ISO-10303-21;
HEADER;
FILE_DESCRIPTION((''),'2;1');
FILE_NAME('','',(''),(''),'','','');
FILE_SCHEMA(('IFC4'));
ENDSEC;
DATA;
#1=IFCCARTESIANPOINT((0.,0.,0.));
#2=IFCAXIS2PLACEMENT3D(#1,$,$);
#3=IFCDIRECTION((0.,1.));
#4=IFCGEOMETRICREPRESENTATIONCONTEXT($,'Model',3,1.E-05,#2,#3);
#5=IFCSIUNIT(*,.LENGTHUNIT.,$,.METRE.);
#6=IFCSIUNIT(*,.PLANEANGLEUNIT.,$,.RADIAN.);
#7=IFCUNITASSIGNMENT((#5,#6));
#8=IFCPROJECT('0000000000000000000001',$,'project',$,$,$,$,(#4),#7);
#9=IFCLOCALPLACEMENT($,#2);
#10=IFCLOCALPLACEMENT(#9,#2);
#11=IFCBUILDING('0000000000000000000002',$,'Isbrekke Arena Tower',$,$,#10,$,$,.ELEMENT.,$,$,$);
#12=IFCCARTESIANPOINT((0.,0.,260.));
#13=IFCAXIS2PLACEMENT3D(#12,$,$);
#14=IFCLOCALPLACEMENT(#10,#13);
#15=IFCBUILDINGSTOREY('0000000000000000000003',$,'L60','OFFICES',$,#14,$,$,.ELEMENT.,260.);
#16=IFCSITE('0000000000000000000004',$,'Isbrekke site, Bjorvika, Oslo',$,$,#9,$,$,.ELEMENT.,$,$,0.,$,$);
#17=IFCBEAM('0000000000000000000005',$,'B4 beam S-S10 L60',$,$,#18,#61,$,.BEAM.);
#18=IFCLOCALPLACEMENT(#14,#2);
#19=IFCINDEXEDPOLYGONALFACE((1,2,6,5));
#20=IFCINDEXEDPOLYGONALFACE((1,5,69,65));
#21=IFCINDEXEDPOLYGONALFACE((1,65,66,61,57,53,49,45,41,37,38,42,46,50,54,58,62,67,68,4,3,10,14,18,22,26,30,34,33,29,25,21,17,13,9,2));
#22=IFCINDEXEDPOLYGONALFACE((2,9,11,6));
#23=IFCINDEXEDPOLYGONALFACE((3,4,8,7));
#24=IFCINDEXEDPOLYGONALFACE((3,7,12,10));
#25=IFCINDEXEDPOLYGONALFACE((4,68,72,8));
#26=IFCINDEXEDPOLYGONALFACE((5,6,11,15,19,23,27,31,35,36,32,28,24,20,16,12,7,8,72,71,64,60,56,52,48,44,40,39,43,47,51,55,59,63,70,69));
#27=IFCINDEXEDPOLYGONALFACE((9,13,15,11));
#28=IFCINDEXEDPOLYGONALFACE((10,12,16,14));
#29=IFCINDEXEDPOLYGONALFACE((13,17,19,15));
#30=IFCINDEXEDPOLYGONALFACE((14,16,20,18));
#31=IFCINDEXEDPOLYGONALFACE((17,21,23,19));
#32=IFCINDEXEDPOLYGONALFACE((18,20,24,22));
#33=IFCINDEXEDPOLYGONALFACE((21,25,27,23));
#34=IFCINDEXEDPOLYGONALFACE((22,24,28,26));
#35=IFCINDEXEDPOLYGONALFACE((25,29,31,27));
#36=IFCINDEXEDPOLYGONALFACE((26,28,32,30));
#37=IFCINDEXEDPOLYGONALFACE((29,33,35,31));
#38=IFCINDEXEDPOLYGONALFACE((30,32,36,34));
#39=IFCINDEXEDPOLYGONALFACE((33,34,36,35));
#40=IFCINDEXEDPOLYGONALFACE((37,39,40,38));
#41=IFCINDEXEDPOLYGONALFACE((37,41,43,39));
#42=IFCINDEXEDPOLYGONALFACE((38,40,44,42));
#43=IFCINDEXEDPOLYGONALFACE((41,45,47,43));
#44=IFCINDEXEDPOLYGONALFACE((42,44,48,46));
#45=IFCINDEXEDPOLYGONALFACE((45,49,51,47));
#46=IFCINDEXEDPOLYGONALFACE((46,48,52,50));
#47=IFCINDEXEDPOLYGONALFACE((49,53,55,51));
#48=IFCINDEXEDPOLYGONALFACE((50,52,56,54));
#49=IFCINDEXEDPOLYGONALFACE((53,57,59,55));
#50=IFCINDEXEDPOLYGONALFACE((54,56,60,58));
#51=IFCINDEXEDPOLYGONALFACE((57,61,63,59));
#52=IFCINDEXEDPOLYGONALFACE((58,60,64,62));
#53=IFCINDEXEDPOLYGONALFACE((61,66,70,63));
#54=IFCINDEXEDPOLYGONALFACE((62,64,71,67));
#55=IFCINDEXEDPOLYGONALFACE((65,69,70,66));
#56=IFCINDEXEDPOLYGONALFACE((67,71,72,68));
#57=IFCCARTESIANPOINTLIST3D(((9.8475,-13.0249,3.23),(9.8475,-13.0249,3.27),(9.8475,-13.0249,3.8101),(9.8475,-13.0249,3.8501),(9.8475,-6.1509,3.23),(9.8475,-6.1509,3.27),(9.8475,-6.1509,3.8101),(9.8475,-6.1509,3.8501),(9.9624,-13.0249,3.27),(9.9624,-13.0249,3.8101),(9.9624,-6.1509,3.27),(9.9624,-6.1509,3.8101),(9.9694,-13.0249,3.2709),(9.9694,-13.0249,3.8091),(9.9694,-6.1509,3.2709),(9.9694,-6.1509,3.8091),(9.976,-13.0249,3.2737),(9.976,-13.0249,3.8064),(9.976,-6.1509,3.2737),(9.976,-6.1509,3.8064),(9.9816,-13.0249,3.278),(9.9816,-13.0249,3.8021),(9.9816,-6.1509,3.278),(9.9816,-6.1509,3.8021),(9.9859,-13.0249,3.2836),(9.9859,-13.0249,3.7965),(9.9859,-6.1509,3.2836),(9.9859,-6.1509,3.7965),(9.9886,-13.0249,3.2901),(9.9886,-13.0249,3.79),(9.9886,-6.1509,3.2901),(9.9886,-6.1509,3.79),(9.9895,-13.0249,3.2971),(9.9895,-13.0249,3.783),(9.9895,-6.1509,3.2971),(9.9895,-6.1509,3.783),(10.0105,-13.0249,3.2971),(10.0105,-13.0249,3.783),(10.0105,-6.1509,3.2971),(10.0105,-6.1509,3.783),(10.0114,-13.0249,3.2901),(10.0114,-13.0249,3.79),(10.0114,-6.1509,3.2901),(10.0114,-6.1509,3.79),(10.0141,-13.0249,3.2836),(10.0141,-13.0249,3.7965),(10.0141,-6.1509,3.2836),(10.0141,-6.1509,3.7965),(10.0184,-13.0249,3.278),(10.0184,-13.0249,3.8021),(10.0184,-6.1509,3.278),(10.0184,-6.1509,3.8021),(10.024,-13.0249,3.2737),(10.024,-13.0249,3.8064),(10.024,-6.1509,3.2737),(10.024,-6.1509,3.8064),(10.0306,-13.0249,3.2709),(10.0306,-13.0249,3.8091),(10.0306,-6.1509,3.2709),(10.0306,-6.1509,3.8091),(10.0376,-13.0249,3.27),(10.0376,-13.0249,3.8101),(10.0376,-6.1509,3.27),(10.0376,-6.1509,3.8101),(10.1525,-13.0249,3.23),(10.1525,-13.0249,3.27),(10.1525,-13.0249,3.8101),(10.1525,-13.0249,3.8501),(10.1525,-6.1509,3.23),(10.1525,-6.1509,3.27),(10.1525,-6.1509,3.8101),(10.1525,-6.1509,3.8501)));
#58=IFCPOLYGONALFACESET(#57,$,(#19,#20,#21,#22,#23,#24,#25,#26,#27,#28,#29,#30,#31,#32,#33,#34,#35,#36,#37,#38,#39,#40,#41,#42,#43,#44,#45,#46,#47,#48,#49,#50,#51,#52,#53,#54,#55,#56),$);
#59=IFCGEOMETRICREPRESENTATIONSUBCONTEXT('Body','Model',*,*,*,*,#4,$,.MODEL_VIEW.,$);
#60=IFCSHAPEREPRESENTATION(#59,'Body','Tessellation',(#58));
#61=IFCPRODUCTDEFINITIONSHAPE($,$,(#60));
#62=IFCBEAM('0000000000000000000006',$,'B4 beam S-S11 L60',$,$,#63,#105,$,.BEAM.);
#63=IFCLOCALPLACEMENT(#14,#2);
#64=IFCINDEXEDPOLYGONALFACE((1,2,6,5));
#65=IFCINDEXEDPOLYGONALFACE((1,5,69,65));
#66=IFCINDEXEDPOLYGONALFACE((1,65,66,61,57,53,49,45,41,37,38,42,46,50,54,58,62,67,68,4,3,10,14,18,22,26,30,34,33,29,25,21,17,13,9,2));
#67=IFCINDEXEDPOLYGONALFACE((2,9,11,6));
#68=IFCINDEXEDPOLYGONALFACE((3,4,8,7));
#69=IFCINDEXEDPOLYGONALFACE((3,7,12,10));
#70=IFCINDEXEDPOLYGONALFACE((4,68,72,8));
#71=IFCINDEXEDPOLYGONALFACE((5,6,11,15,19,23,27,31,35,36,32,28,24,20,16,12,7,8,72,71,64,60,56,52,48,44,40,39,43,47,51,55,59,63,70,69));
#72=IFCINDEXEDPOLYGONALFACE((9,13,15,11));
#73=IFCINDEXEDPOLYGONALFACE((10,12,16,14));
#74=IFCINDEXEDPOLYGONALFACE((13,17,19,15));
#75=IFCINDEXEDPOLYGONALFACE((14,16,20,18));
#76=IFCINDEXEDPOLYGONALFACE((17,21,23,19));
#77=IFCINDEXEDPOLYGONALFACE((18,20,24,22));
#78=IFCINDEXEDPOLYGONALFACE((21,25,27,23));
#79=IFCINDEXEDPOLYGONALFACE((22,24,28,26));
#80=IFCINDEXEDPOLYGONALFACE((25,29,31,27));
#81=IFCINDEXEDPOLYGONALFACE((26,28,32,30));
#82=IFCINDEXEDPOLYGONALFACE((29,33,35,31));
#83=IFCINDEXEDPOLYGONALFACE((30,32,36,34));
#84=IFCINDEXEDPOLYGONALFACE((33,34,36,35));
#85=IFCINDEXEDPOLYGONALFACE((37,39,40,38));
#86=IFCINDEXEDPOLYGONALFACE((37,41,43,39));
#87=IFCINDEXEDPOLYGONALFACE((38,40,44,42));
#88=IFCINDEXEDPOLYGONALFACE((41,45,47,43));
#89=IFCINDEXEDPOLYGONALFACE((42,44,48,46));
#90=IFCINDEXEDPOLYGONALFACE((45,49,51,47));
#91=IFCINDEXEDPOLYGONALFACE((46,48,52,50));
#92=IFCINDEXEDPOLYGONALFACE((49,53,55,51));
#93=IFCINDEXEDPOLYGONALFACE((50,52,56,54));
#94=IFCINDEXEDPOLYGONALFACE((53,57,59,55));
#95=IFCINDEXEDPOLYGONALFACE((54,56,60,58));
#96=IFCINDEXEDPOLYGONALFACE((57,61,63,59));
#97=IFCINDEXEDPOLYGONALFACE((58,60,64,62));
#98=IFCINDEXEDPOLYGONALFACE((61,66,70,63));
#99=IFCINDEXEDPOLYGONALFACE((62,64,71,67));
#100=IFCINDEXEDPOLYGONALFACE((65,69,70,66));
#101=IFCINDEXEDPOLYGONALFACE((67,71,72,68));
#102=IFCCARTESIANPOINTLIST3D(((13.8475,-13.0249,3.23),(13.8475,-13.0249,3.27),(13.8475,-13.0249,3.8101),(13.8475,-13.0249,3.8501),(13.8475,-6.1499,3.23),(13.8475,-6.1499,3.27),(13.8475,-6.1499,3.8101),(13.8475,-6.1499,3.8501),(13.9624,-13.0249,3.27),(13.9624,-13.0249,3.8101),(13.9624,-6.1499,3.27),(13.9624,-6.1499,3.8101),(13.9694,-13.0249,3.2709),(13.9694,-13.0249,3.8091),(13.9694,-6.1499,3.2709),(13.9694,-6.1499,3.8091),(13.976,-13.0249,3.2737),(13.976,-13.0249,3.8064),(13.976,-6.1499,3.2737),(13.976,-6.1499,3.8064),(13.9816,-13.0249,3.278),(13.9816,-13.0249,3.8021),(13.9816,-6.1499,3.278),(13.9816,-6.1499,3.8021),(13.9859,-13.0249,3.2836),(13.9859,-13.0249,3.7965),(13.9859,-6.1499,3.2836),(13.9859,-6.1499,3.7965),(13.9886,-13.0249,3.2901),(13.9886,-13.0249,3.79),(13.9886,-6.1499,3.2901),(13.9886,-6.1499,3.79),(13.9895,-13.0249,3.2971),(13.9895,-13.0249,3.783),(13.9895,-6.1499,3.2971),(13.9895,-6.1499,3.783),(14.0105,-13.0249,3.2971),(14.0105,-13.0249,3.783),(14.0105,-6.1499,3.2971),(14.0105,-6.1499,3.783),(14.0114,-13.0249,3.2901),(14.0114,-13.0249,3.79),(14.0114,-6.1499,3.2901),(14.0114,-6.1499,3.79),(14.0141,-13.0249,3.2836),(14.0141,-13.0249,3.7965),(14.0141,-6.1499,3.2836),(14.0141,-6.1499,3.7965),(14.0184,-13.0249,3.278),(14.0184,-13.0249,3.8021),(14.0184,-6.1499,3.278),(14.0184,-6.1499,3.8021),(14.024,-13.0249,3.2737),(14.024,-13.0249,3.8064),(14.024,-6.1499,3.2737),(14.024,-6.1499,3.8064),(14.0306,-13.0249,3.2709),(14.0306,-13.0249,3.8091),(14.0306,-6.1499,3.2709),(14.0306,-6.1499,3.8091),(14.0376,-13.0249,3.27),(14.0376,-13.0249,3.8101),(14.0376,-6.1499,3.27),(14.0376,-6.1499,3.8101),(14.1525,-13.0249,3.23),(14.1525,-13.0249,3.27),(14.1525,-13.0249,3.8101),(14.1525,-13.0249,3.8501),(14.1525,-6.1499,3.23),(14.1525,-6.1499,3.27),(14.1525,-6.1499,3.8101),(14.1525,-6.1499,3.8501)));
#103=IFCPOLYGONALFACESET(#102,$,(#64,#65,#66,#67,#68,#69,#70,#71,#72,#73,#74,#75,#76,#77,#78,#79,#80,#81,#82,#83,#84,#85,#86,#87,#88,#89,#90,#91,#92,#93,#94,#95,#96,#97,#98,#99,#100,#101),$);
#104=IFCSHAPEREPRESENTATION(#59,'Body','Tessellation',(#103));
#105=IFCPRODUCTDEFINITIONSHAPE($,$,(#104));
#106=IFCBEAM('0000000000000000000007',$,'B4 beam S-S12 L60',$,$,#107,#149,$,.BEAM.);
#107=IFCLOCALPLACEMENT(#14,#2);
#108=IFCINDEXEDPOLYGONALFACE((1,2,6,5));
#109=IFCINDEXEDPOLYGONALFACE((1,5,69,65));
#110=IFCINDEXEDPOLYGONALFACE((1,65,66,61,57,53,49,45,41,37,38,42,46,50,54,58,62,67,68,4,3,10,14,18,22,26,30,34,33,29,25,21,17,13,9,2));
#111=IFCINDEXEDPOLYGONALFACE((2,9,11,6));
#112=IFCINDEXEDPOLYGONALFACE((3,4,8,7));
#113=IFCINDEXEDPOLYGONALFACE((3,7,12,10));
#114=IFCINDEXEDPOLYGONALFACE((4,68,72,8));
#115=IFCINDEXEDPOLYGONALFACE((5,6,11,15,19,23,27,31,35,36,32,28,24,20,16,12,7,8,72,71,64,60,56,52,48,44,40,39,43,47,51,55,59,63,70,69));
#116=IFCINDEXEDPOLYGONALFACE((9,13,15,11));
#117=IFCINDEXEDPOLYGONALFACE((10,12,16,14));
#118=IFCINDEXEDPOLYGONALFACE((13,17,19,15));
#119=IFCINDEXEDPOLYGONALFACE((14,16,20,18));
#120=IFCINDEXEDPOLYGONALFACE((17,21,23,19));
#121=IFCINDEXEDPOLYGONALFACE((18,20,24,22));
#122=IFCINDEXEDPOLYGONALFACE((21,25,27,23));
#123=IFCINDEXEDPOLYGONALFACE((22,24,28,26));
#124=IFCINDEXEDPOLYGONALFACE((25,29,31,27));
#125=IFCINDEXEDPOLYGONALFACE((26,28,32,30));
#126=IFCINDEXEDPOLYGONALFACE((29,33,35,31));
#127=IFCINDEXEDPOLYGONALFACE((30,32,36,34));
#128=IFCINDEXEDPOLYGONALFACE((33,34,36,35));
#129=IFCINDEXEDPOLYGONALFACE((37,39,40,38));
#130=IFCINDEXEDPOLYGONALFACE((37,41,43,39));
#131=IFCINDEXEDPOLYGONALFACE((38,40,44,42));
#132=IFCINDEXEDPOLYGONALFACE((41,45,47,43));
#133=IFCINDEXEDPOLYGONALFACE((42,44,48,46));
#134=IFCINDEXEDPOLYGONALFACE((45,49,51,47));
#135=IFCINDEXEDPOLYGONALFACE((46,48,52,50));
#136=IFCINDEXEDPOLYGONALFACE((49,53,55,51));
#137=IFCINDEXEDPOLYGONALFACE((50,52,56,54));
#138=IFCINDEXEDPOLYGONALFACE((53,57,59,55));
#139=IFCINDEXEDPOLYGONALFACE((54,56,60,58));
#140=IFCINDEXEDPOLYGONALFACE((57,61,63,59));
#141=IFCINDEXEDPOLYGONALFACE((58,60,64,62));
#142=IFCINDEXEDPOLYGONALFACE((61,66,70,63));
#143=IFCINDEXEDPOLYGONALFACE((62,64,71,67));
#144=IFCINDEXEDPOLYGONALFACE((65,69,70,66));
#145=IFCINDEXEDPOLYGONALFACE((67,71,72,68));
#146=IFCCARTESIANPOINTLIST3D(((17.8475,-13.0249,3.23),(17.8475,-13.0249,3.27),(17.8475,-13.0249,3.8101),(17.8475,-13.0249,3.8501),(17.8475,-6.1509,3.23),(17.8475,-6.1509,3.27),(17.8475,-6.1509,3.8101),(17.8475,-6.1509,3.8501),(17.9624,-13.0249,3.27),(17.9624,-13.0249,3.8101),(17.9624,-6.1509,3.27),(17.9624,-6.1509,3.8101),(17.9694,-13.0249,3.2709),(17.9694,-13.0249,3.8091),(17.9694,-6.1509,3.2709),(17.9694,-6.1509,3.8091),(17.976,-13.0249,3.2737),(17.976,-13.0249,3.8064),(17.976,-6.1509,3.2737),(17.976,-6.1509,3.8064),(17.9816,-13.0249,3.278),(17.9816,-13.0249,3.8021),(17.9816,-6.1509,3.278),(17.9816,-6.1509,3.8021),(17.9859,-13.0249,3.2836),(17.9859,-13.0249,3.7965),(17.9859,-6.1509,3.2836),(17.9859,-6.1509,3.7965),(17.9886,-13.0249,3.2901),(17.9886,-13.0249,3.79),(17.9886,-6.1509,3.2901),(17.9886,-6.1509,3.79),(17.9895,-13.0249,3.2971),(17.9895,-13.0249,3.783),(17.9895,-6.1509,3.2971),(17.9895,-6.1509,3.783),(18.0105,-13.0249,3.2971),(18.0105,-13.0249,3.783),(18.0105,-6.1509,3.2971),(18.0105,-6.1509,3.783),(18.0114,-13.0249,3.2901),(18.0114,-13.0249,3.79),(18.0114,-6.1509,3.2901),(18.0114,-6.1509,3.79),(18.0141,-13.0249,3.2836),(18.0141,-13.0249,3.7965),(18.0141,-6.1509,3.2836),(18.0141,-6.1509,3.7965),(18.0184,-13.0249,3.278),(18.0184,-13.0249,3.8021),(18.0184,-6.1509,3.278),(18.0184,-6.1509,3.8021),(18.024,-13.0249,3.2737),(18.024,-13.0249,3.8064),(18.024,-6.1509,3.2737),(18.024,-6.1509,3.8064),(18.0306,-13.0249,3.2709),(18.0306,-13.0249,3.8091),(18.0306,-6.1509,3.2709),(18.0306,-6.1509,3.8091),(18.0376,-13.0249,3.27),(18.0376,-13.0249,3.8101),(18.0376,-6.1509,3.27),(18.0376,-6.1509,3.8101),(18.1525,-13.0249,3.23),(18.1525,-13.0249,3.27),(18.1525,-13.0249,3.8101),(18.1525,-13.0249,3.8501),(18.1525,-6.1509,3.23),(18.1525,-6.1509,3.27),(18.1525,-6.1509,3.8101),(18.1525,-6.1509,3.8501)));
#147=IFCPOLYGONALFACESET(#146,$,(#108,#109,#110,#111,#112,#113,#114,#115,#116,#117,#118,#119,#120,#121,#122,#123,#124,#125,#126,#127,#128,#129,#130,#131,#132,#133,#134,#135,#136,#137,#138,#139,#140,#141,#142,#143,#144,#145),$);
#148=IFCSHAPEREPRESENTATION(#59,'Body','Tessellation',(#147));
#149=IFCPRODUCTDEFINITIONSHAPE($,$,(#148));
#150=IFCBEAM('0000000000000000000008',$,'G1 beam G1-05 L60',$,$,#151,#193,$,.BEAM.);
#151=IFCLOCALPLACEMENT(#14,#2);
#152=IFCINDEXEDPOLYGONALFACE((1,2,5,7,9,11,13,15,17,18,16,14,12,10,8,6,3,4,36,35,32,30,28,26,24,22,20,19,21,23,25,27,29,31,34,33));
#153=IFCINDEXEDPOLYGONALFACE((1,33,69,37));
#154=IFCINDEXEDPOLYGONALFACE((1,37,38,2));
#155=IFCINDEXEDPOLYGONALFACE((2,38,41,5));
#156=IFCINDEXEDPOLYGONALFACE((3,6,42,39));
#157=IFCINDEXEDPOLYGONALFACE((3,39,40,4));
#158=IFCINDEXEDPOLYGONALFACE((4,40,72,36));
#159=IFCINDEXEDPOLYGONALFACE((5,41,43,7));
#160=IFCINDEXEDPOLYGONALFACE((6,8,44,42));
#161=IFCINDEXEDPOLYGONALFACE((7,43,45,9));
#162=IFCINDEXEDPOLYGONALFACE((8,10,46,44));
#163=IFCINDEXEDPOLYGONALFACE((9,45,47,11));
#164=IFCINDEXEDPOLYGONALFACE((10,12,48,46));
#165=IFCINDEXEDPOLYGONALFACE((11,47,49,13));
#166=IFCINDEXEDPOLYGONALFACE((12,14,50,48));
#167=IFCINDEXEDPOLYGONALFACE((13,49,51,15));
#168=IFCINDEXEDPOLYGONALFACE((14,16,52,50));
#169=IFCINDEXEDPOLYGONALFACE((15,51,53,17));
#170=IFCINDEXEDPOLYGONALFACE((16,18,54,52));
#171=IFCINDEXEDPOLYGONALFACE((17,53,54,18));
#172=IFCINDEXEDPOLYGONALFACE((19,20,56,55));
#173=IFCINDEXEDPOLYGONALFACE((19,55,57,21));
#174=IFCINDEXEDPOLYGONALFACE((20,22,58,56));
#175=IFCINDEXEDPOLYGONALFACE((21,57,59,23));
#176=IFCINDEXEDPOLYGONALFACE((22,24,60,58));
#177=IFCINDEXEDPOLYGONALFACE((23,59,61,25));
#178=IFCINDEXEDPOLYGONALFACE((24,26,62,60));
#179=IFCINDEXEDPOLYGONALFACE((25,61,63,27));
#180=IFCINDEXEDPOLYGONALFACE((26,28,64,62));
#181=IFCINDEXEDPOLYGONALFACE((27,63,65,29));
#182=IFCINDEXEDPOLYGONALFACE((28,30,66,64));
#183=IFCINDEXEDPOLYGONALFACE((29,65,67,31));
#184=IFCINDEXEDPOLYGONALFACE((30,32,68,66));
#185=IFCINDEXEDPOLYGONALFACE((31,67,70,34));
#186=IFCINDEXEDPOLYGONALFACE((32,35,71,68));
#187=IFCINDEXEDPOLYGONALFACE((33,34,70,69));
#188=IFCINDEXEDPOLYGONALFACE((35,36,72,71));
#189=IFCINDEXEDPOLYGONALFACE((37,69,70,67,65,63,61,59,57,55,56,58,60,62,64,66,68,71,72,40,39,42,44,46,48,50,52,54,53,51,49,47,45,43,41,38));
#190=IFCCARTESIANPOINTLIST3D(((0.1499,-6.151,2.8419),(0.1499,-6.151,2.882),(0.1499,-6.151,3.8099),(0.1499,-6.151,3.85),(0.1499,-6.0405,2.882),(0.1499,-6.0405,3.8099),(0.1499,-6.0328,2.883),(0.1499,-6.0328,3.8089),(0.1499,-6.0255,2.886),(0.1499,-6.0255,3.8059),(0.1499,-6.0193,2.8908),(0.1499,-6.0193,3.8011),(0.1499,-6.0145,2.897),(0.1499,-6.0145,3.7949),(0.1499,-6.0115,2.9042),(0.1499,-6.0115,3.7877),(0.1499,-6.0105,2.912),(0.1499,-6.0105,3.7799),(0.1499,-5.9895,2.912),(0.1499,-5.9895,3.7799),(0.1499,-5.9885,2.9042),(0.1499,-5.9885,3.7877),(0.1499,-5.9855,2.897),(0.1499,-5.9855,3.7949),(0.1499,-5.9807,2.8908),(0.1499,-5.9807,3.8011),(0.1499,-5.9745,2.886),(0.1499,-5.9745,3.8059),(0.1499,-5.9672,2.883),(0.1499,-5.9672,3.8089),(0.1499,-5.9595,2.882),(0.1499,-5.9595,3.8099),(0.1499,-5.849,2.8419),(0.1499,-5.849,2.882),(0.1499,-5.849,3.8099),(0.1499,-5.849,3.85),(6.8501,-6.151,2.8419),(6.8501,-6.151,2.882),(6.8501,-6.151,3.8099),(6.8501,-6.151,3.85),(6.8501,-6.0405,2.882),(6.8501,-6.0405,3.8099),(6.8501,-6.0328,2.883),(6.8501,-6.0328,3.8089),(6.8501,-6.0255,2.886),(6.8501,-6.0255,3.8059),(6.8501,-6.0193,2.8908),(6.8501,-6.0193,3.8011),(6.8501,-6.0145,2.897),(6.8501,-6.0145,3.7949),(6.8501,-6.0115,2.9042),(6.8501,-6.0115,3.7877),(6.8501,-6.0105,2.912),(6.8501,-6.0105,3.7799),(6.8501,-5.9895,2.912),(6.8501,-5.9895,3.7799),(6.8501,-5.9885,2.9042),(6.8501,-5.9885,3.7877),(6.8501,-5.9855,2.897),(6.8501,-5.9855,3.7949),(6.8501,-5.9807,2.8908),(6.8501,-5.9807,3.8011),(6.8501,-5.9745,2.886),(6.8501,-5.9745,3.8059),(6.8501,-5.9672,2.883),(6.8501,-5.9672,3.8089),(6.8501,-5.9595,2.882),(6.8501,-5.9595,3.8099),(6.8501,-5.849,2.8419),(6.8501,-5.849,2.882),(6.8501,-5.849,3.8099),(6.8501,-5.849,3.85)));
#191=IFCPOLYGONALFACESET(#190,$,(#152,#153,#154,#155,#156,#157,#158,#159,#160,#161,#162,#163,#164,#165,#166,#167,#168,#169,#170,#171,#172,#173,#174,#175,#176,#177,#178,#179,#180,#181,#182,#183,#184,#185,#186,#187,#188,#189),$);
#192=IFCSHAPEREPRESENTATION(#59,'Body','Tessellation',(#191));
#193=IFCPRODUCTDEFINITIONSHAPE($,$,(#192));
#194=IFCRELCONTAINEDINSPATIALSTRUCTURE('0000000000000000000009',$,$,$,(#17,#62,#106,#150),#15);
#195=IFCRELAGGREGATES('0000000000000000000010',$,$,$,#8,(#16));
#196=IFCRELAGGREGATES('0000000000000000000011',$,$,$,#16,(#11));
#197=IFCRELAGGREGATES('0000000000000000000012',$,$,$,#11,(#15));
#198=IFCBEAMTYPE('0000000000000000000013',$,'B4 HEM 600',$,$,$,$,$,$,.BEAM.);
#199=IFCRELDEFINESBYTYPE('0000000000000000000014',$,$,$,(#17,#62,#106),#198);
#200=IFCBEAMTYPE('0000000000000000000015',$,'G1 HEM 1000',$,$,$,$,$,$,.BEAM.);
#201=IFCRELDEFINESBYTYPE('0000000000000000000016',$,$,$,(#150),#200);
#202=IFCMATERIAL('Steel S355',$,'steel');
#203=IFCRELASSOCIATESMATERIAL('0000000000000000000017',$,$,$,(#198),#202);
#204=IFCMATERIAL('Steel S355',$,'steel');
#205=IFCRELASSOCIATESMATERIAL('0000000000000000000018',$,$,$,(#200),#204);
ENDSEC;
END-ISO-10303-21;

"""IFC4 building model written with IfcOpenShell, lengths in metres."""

from ifc_helpers import new_model, si_unit, direction, frame, origin, origin_2d, place, context, subcontext, project, spatial, i_section, extrude, material, material_profile, profile_set, type_object, element, save


model = new_model("IFC4")

# Units and contexts
model_context = context("Model", 3, precision=1e-05, world=origin(), true_north=direction((0.0, 1.0)))
body_context = subcontext(model_context, "Body", "Model", "MODEL_VIEW")
ifc_project = project(units=[si_unit("LENGTHUNIT", "METRE"), si_unit("PLANEANGLEUNIT", "RADIAN")], contexts=[model_context])

# Site, building, storey
site_placement = place(None, origin())
site = spatial("IfcSite", under=ifc_project, at=site_placement, Name="Isbrekke site, Bjorvika, Oslo", CompositionType="ELEMENT", RefElevation=0.0)
building_placement = place(site_placement, origin())
building = spatial("IfcBuilding", under=site, at=building_placement, Name="Isbrekke Arena Tower", CompositionType="ELEMENT")
storey_placement = place(building_placement, frame((0.0, 0.0, 260.0)))
storey = spatial("IfcBuildingStorey", under=building, at=storey_placement, Name="L60", Description="OFFICES", CompositionType="ELEMENT", Elevation=260.0)

# Beams
ifc_material_1 = material(Name="Steel S355", Category="steel")
ifc_material_profile_1 = material_profile(ifc_material_1, i_section(OverallWidth=0.3049, OverallDepth=0.6201, WebThickness=0.021, FlangeThickness=0.04, FilletRadius=0.0271, at=origin_2d()), Name="HEM 600")
ifc_profile_set_1 = profile_set([ifc_material_profile_1], Name="Steel S355")
beam_type_1 = type_object("IfcBeamType", Name="B4 HEM 600", PredefinedType="BEAM", material=ifc_profile_set_1)
for number, where, z_axis, x_axis, name in (
    (1, (10.0, -13.0249, 3.54), (0.0, 1.0, 0.0), (-1.0, 0.0, 0.0), "B4 beam S-S10 L60"),
):
    element("IfcBeam", number, at=place(storey_placement, frame(where, z_axis=z_axis, x_axis=x_axis)), inside=storey, type_object=beam_type_1, Name=name, PredefinedType="BEAM", context=body_context, shape_type="SweptSolid", body=[
        extrude(i_section(OverallWidth=0.3049, OverallDepth=0.6201, WebThickness=0.021, FlangeThickness=0.04, FilletRadius=0.0271, at=origin_2d()), origin(), (0.0, 0.0, 1.0), 6.874),
    ])
beam_1_placement = place(storey_placement, frame((14.0, -13.0249, 3.54), z_axis=(0.0, 1.0, 0.0), x_axis=(-1.0, 0.0, 0.0)))
element("IfcBeam", 2, at=beam_1_placement, inside=storey, type_object=beam_type_1, Name="B4 beam S-S11 L60", PredefinedType="BEAM", context=body_context, shape_type="SweptSolid", body=[
    extrude(i_section(OverallWidth=0.3049, OverallDepth=0.6201, WebThickness=0.021, FlangeThickness=0.04, FilletRadius=0.0271, at=origin_2d()), origin(), (0.0, 0.0, 1.0), 6.875),
])
beam_2_placement = place(storey_placement, frame((18.0, -13.0249, 3.54), z_axis=(0.0, 1.0, 0.0), x_axis=(-1.0, 0.0, 0.0)))
element("IfcBeam", 3, at=beam_2_placement, inside=storey, type_object=beam_type_1, Name="B4 beam S-S12 L60", PredefinedType="BEAM", context=body_context, shape_type="SweptSolid", body=[
    extrude(i_section(OverallWidth=0.3049, OverallDepth=0.6201, WebThickness=0.021, FlangeThickness=0.04, FilletRadius=0.0271, at=origin_2d()), origin(), (0.0, 0.0, 1.0), 6.874),
])
ifc_material_2 = material(Name="Steel S355", Category="steel")
ifc_material_profile_2 = material_profile(ifc_material_2, i_section(OverallWidth=0.302, OverallDepth=1.0081, WebThickness=0.021, FlangeThickness=0.04, FilletRadius=0.03, at=origin_2d()), Name="HEM 1000")
ifc_profile_set_2 = profile_set([ifc_material_profile_2], Name="Steel S355")
beam_type_2 = type_object("IfcBeamType", Name="G1 HEM 1000", PredefinedType="BEAM", material=ifc_profile_set_2)
for number, where, z_axis, x_axis, name in (
    (4, (0.1499, -6.0, 3.3459), (1.0, 0.0, 0.0), (0.0, 1.0, 0.0), "G1 beam G1-05 L60"),
):
    element("IfcBeam", number, at=place(storey_placement, frame(where, z_axis=z_axis, x_axis=x_axis)), inside=storey, type_object=beam_type_2, Name=name, PredefinedType="BEAM", context=body_context, shape_type="SweptSolid", body=[
        extrude(i_section(OverallWidth=0.302, OverallDepth=1.0081, WebThickness=0.021, FlangeThickness=0.04, FilletRadius=0.03, at=origin_2d()), origin(), (0.0, 0.0, 1.0), 6.7002),
    ])

save(model, "model.ifc")
